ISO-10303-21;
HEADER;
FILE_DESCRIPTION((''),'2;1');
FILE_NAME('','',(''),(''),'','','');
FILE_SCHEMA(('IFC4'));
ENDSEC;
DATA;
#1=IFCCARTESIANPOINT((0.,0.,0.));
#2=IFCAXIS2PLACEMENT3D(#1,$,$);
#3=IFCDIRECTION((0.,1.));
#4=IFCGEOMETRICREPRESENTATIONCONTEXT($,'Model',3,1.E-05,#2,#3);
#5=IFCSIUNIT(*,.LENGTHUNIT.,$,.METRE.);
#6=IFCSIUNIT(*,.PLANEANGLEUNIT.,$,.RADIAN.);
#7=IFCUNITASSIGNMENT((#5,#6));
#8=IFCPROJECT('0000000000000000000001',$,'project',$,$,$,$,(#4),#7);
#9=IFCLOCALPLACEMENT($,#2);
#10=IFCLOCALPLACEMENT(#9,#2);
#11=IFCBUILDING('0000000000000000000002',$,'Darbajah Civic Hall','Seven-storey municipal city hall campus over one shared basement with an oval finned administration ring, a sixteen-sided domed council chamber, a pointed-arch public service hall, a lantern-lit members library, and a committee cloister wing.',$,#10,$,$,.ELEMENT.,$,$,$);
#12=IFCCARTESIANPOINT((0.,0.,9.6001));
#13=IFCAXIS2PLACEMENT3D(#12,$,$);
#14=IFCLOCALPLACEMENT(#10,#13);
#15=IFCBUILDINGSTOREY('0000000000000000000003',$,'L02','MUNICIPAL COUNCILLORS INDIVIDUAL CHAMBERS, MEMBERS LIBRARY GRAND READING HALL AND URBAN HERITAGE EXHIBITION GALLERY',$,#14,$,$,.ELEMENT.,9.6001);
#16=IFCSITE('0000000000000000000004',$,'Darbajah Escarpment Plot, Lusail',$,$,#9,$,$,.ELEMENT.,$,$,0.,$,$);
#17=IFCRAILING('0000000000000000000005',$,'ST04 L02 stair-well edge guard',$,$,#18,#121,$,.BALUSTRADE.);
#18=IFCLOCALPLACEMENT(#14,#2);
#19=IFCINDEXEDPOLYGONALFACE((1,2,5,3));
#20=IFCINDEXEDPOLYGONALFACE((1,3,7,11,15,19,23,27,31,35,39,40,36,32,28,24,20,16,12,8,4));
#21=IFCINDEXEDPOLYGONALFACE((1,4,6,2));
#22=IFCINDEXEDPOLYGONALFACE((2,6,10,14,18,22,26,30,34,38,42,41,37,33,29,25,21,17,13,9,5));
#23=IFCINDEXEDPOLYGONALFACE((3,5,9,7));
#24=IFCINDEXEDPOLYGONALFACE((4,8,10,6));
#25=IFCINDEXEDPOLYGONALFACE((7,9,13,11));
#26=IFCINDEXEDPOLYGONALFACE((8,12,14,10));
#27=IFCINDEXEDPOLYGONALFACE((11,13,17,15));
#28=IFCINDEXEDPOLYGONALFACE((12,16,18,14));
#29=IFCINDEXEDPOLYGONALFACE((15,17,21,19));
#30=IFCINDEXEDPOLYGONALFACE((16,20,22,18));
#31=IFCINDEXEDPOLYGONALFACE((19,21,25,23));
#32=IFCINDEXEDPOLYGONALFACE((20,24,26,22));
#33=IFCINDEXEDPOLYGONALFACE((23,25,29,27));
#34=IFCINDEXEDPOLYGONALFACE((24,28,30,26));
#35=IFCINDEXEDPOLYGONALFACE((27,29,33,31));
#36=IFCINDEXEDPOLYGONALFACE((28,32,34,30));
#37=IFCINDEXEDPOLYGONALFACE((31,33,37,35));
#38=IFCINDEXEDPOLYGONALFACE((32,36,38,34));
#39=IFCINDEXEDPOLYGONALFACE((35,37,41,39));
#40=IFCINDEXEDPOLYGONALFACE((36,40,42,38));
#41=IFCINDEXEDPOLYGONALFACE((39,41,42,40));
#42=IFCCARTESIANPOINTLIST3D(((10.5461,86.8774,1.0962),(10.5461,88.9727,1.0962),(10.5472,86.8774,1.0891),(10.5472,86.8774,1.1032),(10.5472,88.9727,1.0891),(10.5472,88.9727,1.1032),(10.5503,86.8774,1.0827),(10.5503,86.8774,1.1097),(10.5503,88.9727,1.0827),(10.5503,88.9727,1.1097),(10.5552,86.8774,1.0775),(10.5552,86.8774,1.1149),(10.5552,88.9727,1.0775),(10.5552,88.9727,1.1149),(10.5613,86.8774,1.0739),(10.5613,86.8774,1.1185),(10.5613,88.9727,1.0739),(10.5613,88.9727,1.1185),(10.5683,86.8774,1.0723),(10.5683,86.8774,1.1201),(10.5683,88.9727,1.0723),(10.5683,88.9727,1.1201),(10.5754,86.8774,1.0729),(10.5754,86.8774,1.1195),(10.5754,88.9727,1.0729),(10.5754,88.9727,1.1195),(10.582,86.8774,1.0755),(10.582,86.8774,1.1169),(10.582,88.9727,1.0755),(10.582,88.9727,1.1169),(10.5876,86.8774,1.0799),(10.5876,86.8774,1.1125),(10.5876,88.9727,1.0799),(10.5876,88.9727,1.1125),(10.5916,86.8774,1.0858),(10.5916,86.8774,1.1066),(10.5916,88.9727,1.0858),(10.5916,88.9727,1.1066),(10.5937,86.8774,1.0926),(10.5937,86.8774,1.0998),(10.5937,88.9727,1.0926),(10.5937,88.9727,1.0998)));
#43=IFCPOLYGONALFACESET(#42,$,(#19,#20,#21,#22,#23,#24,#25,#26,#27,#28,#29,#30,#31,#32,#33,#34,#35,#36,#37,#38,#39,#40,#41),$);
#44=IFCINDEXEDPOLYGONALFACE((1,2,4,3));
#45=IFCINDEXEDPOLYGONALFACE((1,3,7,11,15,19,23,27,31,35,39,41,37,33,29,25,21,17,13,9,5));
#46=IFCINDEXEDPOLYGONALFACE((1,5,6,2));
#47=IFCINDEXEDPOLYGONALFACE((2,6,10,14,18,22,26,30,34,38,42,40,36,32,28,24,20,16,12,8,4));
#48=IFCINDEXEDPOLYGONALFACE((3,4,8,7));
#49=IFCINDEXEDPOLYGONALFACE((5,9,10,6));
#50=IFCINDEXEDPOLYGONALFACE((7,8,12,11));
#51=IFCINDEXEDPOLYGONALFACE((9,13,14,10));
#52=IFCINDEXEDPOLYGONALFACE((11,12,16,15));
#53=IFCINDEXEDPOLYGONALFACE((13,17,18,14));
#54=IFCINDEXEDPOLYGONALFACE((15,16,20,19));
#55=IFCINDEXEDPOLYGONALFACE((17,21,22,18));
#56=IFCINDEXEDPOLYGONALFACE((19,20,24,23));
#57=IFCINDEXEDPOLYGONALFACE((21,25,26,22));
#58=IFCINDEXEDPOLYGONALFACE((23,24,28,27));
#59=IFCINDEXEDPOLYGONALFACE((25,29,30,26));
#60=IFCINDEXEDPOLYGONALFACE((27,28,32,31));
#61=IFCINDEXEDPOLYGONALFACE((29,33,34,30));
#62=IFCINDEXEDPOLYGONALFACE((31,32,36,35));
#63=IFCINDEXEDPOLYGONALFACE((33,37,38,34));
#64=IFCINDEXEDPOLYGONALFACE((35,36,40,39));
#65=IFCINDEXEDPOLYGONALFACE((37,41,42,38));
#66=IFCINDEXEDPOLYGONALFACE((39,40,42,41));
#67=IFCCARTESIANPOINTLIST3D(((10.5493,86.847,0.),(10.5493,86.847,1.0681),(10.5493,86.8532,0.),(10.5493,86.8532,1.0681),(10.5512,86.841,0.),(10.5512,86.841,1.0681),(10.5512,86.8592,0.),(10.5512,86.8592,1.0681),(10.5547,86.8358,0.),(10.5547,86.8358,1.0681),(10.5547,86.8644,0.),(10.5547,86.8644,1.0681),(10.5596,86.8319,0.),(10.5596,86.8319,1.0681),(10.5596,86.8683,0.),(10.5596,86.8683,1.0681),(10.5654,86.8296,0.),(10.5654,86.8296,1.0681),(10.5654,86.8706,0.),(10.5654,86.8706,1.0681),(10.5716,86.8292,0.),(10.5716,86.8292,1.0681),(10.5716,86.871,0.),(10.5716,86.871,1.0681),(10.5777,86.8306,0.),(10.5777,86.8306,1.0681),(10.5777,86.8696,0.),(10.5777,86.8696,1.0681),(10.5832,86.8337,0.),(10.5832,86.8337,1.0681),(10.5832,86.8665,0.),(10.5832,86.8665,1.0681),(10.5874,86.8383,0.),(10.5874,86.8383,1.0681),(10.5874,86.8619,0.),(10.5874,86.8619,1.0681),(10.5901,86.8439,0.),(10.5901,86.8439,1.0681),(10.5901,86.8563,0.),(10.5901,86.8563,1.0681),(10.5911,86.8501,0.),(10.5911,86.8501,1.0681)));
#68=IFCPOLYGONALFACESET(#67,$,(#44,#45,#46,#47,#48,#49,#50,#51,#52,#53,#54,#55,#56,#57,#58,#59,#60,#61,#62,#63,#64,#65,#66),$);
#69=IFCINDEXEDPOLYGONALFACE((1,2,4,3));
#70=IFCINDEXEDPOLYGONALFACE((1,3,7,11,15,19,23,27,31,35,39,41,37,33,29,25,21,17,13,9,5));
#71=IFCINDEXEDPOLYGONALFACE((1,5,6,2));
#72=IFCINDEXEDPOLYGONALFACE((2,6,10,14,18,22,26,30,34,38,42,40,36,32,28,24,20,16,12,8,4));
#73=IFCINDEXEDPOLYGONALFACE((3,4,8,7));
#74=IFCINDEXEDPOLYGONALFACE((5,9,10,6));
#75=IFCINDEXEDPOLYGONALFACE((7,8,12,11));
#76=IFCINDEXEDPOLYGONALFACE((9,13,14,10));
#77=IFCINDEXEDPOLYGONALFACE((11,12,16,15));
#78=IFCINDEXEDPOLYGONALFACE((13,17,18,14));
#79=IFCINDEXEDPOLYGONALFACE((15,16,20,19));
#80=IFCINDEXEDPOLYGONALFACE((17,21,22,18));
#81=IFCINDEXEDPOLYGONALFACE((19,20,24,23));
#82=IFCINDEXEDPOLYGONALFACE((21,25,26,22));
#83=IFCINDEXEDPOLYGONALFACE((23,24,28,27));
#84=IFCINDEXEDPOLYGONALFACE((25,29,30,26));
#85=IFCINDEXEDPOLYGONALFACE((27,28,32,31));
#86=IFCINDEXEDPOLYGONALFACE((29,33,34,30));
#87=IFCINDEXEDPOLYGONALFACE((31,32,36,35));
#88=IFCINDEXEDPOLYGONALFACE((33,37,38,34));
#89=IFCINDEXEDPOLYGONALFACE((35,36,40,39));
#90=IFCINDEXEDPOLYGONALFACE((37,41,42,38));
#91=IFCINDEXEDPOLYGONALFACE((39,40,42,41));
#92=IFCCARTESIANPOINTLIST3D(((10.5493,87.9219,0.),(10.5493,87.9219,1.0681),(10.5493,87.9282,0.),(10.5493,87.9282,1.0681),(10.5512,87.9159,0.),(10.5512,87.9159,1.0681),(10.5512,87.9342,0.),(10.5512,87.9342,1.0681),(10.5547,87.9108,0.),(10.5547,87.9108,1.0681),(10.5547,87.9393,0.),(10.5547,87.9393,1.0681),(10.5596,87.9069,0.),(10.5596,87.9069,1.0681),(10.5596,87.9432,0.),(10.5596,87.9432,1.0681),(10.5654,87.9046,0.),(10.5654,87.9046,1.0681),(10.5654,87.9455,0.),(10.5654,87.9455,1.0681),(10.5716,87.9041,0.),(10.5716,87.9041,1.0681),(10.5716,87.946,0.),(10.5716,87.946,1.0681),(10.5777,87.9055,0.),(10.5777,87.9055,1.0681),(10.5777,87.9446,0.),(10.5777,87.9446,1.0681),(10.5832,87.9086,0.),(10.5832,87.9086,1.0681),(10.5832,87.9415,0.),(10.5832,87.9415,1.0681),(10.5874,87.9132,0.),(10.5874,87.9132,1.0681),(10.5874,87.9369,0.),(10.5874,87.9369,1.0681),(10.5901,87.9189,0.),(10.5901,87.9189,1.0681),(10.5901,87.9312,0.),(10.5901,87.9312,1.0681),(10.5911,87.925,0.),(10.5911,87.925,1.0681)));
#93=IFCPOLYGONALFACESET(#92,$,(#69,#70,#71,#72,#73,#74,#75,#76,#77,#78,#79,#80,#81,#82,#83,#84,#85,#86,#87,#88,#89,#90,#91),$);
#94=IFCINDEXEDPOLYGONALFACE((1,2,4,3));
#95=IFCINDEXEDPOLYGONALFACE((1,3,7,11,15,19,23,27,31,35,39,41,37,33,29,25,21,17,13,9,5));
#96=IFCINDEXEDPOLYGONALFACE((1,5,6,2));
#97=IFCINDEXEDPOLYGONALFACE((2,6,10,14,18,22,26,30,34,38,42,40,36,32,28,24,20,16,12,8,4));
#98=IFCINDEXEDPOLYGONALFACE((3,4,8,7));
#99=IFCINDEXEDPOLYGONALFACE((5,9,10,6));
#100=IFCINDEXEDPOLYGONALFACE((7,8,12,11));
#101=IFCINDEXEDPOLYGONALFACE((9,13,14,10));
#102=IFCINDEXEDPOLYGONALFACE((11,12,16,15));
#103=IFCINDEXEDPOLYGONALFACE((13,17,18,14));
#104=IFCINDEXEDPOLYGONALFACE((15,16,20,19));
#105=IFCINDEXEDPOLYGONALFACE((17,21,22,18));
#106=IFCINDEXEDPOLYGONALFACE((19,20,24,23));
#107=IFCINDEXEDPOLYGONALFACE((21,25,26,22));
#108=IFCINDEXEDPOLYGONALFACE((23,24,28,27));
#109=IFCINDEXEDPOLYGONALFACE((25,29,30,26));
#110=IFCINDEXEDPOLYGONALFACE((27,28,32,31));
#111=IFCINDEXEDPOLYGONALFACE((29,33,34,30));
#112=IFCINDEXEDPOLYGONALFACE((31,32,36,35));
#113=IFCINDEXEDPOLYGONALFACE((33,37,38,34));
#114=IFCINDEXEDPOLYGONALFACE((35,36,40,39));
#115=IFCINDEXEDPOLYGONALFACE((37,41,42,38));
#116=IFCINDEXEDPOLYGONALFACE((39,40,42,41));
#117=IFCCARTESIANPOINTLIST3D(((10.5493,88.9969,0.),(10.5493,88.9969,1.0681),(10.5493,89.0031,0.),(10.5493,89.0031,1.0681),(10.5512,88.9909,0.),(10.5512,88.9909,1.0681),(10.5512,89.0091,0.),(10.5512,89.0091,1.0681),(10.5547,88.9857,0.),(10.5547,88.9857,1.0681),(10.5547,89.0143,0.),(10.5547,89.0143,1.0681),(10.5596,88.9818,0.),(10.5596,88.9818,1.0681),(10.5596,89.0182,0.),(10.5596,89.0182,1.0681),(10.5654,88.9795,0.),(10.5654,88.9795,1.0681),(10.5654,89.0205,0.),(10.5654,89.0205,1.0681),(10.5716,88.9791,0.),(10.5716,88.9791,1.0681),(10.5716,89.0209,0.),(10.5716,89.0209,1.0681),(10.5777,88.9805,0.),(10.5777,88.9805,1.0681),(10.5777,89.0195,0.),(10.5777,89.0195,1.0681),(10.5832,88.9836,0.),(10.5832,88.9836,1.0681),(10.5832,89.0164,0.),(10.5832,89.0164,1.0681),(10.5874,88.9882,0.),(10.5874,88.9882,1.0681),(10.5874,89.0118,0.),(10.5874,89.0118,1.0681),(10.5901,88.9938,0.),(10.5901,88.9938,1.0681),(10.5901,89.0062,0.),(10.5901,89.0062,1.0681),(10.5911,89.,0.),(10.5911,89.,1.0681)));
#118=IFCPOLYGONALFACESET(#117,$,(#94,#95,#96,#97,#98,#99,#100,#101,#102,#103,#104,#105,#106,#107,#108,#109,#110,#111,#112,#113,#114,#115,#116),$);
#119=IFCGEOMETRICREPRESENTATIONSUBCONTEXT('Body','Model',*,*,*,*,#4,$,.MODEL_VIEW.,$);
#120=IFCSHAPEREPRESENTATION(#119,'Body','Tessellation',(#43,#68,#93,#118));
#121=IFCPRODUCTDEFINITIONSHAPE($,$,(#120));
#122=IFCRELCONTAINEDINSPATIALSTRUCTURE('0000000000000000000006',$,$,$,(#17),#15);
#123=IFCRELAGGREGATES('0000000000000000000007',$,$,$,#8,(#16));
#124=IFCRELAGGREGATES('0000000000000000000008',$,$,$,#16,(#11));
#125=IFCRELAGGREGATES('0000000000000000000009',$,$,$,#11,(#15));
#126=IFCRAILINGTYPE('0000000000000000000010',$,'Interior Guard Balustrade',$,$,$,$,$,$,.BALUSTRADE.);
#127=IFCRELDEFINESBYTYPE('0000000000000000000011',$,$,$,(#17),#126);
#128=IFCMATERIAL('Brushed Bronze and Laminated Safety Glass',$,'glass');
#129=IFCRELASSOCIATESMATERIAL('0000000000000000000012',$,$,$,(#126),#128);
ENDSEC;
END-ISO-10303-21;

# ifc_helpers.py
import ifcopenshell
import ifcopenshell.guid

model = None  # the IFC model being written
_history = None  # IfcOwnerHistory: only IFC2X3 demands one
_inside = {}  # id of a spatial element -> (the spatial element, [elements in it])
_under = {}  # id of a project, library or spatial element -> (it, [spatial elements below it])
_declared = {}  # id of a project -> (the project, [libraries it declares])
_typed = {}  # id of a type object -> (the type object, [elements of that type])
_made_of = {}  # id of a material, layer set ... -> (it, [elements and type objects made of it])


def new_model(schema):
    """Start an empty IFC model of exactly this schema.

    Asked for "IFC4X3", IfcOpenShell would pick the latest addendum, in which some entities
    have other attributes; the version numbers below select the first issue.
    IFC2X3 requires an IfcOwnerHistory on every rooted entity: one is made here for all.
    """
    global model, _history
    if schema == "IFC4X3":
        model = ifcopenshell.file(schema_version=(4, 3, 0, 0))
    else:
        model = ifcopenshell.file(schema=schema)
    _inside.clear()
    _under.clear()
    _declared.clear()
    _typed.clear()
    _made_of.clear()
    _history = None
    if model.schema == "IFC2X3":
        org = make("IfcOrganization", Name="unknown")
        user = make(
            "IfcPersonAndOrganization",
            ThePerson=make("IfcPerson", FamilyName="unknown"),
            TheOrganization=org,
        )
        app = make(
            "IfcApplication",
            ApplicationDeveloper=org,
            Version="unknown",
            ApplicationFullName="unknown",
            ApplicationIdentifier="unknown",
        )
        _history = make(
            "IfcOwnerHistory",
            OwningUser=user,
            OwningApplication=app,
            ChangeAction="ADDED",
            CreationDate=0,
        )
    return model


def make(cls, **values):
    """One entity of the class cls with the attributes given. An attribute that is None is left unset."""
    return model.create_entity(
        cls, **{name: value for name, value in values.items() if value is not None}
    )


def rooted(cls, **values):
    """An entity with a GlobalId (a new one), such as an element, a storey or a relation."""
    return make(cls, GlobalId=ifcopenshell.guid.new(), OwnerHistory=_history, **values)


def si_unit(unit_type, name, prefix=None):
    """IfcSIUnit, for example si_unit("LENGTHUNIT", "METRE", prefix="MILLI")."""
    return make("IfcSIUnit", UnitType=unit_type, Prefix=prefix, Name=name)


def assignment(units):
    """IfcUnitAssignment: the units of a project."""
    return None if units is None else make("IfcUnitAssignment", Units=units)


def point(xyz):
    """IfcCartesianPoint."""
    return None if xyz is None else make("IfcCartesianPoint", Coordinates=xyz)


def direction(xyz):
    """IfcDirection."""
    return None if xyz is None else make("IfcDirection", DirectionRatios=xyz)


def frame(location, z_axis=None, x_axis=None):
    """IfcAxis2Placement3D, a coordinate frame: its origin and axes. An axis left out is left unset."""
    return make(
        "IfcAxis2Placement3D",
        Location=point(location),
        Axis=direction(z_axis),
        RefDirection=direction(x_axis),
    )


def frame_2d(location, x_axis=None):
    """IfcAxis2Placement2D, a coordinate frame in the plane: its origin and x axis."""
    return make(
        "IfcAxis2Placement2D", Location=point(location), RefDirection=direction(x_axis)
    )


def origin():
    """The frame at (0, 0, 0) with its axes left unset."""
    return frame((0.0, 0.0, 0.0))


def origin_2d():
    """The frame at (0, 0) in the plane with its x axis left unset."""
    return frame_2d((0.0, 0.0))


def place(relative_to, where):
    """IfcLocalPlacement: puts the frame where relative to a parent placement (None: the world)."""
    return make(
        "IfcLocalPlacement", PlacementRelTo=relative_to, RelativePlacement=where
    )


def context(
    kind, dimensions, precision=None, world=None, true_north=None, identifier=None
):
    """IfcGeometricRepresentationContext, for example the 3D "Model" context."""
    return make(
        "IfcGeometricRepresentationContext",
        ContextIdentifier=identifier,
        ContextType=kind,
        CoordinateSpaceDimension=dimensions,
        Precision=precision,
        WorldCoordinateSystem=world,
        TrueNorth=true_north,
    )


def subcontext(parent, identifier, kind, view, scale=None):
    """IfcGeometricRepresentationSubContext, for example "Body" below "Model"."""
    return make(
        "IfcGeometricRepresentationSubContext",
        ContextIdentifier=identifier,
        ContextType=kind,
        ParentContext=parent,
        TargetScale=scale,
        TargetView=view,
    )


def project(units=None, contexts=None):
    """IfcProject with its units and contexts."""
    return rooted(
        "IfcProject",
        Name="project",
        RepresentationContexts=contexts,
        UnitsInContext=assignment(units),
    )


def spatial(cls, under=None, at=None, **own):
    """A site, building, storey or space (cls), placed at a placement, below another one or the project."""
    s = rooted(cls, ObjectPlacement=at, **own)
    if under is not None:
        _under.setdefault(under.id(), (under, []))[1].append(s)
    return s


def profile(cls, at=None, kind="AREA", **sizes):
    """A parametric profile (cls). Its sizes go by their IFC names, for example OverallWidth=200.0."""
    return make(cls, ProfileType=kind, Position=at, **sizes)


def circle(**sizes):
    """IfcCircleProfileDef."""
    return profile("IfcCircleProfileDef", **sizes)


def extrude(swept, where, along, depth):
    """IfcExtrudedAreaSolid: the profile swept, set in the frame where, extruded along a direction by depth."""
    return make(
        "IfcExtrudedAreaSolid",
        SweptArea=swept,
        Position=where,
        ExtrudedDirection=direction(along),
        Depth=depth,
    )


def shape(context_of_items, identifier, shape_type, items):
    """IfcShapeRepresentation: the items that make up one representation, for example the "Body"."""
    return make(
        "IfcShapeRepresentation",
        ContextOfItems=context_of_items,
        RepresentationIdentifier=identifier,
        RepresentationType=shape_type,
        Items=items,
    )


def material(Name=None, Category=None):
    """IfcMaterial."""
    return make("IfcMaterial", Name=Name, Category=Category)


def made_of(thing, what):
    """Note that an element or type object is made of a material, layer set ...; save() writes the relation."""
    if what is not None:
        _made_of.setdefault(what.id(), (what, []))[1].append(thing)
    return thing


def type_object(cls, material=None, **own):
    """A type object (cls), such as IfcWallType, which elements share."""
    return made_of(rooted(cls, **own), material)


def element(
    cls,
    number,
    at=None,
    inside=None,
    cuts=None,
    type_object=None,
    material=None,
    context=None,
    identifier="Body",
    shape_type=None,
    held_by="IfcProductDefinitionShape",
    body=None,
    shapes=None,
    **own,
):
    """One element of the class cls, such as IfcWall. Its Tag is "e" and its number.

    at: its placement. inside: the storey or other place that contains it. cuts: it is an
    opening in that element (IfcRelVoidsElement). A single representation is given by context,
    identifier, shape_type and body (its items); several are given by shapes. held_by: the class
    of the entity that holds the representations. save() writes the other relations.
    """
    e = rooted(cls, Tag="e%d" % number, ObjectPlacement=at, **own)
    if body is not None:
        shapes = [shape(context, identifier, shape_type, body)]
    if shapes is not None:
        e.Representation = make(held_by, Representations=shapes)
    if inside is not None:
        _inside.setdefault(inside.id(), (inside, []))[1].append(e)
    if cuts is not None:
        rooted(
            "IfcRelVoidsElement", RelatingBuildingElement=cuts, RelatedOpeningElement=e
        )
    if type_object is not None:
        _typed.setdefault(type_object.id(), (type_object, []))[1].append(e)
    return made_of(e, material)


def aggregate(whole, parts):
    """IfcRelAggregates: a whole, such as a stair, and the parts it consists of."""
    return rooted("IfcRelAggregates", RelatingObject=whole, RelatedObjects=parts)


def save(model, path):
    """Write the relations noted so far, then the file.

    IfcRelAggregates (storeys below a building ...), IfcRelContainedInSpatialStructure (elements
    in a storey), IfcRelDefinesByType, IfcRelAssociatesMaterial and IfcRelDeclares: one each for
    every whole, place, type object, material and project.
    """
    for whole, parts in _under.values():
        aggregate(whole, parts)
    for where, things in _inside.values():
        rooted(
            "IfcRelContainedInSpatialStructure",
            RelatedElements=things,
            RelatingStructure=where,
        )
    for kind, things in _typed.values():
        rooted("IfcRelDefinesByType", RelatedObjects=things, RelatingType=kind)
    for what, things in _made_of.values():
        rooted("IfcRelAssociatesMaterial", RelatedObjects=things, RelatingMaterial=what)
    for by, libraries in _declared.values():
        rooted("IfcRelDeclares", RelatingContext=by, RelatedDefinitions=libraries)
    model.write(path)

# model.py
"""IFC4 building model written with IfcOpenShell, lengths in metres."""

from ifc_helpers import new_model, si_unit, direction, frame, origin, origin_2d, place, context, subcontext, project, spatial, circle, extrude, material, type_object, element, save


model = new_model("IFC4")

# Units and contexts
model_context = context("Model", 3, precision=1e-05, world=origin(), true_north=direction((0.0, 1.0)))
body_context = subcontext(model_context, "Body", "Model", "MODEL_VIEW")
ifc_project = project(units=[si_unit("LENGTHUNIT", "METRE"), si_unit("PLANEANGLEUNIT", "RADIAN")], contexts=[model_context])

# Site, building, storey
site_placement = place(None, origin())
site = spatial("IfcSite", under=ifc_project, at=site_placement, Name="Darbajah Escarpment Plot, Lusail", CompositionType="ELEMENT", RefElevation=0.0)
building_placement = place(site_placement, origin())
building = spatial("IfcBuilding", under=site, at=building_placement, Name="Darbajah Civic Hall", Description="Seven-storey municipal city hall campus over one shared basement with an oval finned administration ring, a sixteen-sided domed council chamber, a pointed-arch public service hall, a lantern-lit members library, and a committee cloister wing.", CompositionType="ELEMENT")
storey_placement = place(building_placement, frame((0.0, 0.0, 9.6001)))
storey = spatial("IfcBuildingStorey", under=building, at=storey_placement, Name="L02", Description="MUNICIPAL COUNCILLORS INDIVIDUAL CHAMBERS, MEMBERS LIBRARY GRAND READING HALL AND URBAN HERITAGE EXHIBITION GALLERY", CompositionType="ELEMENT", Elevation=9.6001)

# Railing
ifc_material_1 = material(Name="Brushed Bronze and Laminated Safety Glass", Category="glass")
railing_type_1 = type_object("IfcRailingType", Name="Interior Guard Balustrade", PredefinedType="BALUSTRADE", material=ifc_material_1)
railing_1_placement = place(storey_placement, frame((10.5701, 86.8501, 0.0)))
element("IfcRailing", 1, at=railing_1_placement, inside=storey, type_object=railing_type_1, Name="ST04 L02 stair-well edge guard", PredefinedType="BALUSTRADE", context=body_context, shape_type="SweptSolid", body=[
    extrude(circle(Radius=0.0239, at=origin_2d()), frame((0.0, 0.0273, 1.0962), z_axis=(0.0, 1.0, 0.0), x_axis=(-1.0, 0.0, 0.0)), (0.0, 0.0, 1.0), 2.0952),
    extrude(circle(Radius=0.021, at=origin_2d()), origin(), (0.0, 0.0, 1.0), 1.0681),
    extrude(circle(Radius=0.021, at=origin_2d()), frame((0.0, 1.075, 0.0)), (0.0, 0.0, 1.0), 1.0681),
    extrude(circle(Radius=0.021, at=origin_2d()), frame((0.0, 2.1499, 0.0)), (0.0, 0.0, 1.0), 1.0681),
])

save(model, "model.ifc")
